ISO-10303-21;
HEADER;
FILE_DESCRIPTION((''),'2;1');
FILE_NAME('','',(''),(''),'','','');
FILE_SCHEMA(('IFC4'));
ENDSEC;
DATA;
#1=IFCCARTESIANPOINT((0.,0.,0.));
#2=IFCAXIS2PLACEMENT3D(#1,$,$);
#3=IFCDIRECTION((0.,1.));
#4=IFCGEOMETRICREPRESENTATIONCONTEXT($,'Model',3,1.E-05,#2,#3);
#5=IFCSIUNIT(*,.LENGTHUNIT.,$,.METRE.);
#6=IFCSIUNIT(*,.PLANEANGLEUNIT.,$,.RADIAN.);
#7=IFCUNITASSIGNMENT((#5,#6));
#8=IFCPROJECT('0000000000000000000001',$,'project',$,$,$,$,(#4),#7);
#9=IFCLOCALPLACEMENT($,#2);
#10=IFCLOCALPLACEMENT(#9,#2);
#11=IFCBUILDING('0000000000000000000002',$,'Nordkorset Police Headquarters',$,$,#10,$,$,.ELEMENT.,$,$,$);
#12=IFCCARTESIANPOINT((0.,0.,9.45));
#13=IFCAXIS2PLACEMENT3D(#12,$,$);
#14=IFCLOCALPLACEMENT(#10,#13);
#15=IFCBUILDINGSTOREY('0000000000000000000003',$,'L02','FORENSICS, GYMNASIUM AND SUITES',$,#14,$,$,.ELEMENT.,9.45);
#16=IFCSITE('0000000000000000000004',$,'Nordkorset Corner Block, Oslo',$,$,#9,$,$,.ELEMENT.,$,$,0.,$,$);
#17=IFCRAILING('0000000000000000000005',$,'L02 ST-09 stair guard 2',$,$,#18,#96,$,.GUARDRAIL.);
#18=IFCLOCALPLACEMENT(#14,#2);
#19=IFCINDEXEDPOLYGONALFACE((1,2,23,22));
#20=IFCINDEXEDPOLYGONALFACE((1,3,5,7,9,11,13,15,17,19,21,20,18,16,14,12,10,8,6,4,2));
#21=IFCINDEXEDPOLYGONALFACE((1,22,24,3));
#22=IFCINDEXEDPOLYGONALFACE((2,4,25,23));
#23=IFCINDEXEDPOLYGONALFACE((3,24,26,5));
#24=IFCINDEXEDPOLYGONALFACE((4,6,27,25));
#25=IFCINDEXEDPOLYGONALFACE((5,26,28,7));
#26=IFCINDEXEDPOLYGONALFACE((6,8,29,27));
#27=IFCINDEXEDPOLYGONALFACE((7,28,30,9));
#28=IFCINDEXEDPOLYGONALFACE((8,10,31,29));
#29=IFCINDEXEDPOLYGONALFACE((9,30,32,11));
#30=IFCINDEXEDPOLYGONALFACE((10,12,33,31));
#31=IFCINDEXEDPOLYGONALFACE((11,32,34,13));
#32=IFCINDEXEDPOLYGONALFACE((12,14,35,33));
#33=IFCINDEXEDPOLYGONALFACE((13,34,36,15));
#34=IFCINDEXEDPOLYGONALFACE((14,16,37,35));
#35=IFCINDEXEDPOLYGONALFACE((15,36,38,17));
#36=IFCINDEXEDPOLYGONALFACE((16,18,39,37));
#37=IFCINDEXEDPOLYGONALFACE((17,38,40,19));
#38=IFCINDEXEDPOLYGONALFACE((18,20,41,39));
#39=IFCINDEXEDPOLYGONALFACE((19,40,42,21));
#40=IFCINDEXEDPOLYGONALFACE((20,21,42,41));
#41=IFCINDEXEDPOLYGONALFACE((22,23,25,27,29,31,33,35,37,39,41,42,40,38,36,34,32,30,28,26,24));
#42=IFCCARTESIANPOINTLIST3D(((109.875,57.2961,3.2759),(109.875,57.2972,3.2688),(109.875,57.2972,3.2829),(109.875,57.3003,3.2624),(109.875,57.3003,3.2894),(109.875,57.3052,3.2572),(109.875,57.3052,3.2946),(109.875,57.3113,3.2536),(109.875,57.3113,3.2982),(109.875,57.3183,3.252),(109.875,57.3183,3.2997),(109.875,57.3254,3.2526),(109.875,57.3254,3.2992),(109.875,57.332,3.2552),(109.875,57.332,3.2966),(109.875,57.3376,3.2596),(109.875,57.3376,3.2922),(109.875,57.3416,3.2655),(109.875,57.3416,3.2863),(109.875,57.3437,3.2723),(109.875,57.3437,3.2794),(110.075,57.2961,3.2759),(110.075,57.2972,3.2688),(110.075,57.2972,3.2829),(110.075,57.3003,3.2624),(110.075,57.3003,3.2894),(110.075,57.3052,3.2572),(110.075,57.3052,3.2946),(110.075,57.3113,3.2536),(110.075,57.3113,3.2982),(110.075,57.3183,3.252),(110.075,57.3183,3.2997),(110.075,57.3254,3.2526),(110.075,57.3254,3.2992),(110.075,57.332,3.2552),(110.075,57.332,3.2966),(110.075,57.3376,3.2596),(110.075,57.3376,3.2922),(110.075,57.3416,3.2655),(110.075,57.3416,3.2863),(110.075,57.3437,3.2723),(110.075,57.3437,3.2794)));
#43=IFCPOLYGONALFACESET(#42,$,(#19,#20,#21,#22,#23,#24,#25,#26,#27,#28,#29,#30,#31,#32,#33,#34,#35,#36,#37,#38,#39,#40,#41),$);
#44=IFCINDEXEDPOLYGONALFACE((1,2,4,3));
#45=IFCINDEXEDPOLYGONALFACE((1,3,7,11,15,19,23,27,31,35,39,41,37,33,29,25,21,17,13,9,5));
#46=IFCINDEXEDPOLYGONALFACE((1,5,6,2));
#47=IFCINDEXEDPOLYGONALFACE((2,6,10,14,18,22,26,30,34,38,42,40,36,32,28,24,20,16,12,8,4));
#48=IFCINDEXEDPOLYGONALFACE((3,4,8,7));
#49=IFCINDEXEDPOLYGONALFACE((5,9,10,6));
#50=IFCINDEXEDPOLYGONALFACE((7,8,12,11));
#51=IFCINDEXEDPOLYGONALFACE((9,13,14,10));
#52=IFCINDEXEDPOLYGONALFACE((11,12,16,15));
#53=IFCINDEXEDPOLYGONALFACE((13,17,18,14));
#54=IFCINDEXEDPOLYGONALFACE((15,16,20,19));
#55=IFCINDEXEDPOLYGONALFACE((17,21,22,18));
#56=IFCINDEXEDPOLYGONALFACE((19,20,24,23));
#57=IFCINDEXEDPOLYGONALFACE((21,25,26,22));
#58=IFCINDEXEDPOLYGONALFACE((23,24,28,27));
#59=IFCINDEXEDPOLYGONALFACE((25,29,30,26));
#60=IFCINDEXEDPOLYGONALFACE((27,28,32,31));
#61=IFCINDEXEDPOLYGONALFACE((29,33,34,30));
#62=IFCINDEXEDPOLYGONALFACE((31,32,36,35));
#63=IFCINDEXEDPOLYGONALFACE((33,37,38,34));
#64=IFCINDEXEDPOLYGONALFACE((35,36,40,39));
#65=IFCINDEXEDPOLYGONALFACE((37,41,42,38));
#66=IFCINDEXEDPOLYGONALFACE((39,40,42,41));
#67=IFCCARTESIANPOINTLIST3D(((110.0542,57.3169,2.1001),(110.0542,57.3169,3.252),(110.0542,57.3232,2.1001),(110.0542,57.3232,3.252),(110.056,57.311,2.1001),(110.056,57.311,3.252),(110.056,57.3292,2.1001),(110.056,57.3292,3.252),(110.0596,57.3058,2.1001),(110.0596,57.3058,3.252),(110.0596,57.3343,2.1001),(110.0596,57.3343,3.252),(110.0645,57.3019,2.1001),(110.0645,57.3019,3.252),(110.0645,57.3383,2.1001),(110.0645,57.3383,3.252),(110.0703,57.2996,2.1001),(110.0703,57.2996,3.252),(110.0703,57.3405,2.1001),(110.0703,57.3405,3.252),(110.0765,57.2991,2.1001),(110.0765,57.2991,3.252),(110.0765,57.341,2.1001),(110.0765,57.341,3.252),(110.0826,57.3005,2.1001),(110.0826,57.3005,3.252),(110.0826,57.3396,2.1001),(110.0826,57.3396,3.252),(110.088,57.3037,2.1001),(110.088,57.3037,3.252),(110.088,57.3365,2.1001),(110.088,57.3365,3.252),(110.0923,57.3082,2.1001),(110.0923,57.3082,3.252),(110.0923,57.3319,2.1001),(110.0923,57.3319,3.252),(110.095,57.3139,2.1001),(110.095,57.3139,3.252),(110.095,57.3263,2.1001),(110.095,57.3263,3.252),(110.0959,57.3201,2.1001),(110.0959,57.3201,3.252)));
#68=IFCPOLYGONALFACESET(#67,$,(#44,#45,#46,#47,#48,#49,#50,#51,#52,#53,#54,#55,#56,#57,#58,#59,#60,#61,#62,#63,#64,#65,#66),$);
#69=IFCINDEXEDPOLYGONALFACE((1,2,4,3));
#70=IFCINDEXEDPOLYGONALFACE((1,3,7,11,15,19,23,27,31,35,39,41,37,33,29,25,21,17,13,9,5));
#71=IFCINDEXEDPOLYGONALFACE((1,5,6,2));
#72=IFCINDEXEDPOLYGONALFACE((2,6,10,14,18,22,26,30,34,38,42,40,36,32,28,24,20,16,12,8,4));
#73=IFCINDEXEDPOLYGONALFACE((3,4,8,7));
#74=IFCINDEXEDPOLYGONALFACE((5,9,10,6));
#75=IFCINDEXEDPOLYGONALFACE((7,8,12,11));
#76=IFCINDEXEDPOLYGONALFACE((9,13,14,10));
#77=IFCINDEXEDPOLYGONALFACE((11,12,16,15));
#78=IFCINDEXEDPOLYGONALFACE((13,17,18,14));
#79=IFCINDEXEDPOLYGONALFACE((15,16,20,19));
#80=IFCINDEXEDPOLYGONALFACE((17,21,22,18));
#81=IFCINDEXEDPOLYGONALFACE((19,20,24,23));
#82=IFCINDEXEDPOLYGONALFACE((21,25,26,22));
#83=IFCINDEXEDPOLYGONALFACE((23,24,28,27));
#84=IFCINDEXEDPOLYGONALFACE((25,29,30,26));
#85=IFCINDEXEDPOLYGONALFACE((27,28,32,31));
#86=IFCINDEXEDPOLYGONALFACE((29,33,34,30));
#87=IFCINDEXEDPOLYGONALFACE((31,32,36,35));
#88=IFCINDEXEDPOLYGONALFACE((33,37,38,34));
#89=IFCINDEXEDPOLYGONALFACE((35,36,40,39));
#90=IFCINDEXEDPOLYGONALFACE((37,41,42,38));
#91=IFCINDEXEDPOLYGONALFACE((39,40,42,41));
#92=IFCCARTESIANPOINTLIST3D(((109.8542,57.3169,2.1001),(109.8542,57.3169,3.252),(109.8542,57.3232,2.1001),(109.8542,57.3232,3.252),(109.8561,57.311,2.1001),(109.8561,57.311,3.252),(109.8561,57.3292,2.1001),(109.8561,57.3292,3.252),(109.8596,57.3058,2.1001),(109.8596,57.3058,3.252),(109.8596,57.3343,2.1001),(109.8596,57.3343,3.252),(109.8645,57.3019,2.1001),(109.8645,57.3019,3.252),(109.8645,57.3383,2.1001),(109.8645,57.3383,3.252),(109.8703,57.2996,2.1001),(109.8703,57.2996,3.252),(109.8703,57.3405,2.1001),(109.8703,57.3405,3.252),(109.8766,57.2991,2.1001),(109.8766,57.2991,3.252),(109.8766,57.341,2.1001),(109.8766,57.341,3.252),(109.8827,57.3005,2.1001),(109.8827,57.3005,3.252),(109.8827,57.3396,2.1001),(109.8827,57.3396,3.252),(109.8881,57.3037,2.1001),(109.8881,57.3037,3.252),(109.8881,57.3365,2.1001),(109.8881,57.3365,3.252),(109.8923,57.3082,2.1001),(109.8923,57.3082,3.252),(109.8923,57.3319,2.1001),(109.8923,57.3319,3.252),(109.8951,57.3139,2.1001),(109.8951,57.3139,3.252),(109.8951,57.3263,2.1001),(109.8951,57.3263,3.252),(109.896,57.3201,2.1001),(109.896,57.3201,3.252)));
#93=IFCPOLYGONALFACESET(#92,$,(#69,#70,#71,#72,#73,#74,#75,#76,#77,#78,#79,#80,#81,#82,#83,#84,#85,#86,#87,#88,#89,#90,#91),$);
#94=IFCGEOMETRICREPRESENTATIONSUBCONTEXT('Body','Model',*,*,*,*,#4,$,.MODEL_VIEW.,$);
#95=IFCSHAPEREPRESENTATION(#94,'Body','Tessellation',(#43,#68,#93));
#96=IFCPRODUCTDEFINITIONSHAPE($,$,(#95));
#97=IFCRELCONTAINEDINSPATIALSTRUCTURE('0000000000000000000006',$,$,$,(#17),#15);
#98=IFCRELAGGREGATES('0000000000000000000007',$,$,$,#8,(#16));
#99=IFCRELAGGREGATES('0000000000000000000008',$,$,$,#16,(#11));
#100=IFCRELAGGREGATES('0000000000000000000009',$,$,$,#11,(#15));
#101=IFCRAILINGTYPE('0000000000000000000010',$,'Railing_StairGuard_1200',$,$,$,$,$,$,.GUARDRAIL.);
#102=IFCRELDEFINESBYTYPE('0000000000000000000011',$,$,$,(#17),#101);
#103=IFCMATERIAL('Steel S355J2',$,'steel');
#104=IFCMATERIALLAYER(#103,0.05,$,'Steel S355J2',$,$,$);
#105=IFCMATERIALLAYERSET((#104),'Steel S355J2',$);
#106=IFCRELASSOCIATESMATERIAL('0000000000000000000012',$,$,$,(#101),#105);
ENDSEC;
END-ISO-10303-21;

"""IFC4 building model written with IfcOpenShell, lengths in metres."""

from ifc_helpers import new_model, si_unit, direction, frame, origin, origin_2d, place, context, subcontext, project, spatial, circle, extrude, material, layer, layer_set, type_object, element, save


model = new_model("IFC4")

# Units and contexts
model_context = context("Model", 3, precision=1e-05, world=origin(), true_north=direction((0.0, 1.0)))
body_context = subcontext(model_context, "Body", "Model", "MODEL_VIEW")
ifc_project = project(units=[si_unit("LENGTHUNIT", "METRE"), si_unit("PLANEANGLEUNIT", "RADIAN")], contexts=[model_context])

# Site, building, storey
site_placement = place(None, origin())
site = spatial("IfcSite", under=ifc_project, at=site_placement, Name="Nordkorset Corner Block, Oslo", CompositionType="ELEMENT", RefElevation=0.0)
building_placement = place(site_placement, origin())
building = spatial("IfcBuilding", under=site, at=building_placement, Name="Nordkorset Police Headquarters", CompositionType="ELEMENT")
storey_placement = place(building_placement, frame((0.0, 0.0, 9.45)))
storey = spatial("IfcBuildingStorey", under=building, at=storey_placement, Name="L02", Description="FORENSICS, GYMNASIUM AND SUITES", CompositionType="ELEMENT", Elevation=9.45)

# Railing
ifc_material_1 = material(Name="Steel S355J2", Category="steel")
ifc_layer_1 = layer(ifc_material_1, 0.05, Name="Steel S355J2")
ifc_layer_set_1 = layer_set([ifc_layer_1], Name="Steel S355J2")
railing_type_1 = type_object("IfcRailingType", Name="Railing_StairGuard_1200", PredefinedType="GUARDRAIL", material=ifc_layer_set_1)
railing_1_placement = place(storey_placement, frame((110.075, 57.3201, 2.1001)))
element("IfcRailing", 1, at=railing_1_placement, inside=storey, type_object=railing_type_1, Name="L02 ST-09 stair guard 2", PredefinedType="GUARDRAIL", context=body_context, shape_type="SweptSolid", body=[
    extrude(circle(Radius=0.0239, at=origin_2d()), frame((0.0, 0.0, 1.1758), z_axis=(-1.0, 0.0, 0.0), x_axis=(0.0, -1.0, 0.0)), (0.0, 0.0, 1.0), 0.2),
    extrude(circle(Radius=0.021, at=origin_2d()), origin(), (0.0, 0.0, 1.0), 1.1519),
    extrude(circle(Radius=0.021, at=origin_2d()), frame((-0.2, 0.0, 0.0)), (0.0, 0.0, 1.0), 1.1519),
])

save(model, "model.ifc")
